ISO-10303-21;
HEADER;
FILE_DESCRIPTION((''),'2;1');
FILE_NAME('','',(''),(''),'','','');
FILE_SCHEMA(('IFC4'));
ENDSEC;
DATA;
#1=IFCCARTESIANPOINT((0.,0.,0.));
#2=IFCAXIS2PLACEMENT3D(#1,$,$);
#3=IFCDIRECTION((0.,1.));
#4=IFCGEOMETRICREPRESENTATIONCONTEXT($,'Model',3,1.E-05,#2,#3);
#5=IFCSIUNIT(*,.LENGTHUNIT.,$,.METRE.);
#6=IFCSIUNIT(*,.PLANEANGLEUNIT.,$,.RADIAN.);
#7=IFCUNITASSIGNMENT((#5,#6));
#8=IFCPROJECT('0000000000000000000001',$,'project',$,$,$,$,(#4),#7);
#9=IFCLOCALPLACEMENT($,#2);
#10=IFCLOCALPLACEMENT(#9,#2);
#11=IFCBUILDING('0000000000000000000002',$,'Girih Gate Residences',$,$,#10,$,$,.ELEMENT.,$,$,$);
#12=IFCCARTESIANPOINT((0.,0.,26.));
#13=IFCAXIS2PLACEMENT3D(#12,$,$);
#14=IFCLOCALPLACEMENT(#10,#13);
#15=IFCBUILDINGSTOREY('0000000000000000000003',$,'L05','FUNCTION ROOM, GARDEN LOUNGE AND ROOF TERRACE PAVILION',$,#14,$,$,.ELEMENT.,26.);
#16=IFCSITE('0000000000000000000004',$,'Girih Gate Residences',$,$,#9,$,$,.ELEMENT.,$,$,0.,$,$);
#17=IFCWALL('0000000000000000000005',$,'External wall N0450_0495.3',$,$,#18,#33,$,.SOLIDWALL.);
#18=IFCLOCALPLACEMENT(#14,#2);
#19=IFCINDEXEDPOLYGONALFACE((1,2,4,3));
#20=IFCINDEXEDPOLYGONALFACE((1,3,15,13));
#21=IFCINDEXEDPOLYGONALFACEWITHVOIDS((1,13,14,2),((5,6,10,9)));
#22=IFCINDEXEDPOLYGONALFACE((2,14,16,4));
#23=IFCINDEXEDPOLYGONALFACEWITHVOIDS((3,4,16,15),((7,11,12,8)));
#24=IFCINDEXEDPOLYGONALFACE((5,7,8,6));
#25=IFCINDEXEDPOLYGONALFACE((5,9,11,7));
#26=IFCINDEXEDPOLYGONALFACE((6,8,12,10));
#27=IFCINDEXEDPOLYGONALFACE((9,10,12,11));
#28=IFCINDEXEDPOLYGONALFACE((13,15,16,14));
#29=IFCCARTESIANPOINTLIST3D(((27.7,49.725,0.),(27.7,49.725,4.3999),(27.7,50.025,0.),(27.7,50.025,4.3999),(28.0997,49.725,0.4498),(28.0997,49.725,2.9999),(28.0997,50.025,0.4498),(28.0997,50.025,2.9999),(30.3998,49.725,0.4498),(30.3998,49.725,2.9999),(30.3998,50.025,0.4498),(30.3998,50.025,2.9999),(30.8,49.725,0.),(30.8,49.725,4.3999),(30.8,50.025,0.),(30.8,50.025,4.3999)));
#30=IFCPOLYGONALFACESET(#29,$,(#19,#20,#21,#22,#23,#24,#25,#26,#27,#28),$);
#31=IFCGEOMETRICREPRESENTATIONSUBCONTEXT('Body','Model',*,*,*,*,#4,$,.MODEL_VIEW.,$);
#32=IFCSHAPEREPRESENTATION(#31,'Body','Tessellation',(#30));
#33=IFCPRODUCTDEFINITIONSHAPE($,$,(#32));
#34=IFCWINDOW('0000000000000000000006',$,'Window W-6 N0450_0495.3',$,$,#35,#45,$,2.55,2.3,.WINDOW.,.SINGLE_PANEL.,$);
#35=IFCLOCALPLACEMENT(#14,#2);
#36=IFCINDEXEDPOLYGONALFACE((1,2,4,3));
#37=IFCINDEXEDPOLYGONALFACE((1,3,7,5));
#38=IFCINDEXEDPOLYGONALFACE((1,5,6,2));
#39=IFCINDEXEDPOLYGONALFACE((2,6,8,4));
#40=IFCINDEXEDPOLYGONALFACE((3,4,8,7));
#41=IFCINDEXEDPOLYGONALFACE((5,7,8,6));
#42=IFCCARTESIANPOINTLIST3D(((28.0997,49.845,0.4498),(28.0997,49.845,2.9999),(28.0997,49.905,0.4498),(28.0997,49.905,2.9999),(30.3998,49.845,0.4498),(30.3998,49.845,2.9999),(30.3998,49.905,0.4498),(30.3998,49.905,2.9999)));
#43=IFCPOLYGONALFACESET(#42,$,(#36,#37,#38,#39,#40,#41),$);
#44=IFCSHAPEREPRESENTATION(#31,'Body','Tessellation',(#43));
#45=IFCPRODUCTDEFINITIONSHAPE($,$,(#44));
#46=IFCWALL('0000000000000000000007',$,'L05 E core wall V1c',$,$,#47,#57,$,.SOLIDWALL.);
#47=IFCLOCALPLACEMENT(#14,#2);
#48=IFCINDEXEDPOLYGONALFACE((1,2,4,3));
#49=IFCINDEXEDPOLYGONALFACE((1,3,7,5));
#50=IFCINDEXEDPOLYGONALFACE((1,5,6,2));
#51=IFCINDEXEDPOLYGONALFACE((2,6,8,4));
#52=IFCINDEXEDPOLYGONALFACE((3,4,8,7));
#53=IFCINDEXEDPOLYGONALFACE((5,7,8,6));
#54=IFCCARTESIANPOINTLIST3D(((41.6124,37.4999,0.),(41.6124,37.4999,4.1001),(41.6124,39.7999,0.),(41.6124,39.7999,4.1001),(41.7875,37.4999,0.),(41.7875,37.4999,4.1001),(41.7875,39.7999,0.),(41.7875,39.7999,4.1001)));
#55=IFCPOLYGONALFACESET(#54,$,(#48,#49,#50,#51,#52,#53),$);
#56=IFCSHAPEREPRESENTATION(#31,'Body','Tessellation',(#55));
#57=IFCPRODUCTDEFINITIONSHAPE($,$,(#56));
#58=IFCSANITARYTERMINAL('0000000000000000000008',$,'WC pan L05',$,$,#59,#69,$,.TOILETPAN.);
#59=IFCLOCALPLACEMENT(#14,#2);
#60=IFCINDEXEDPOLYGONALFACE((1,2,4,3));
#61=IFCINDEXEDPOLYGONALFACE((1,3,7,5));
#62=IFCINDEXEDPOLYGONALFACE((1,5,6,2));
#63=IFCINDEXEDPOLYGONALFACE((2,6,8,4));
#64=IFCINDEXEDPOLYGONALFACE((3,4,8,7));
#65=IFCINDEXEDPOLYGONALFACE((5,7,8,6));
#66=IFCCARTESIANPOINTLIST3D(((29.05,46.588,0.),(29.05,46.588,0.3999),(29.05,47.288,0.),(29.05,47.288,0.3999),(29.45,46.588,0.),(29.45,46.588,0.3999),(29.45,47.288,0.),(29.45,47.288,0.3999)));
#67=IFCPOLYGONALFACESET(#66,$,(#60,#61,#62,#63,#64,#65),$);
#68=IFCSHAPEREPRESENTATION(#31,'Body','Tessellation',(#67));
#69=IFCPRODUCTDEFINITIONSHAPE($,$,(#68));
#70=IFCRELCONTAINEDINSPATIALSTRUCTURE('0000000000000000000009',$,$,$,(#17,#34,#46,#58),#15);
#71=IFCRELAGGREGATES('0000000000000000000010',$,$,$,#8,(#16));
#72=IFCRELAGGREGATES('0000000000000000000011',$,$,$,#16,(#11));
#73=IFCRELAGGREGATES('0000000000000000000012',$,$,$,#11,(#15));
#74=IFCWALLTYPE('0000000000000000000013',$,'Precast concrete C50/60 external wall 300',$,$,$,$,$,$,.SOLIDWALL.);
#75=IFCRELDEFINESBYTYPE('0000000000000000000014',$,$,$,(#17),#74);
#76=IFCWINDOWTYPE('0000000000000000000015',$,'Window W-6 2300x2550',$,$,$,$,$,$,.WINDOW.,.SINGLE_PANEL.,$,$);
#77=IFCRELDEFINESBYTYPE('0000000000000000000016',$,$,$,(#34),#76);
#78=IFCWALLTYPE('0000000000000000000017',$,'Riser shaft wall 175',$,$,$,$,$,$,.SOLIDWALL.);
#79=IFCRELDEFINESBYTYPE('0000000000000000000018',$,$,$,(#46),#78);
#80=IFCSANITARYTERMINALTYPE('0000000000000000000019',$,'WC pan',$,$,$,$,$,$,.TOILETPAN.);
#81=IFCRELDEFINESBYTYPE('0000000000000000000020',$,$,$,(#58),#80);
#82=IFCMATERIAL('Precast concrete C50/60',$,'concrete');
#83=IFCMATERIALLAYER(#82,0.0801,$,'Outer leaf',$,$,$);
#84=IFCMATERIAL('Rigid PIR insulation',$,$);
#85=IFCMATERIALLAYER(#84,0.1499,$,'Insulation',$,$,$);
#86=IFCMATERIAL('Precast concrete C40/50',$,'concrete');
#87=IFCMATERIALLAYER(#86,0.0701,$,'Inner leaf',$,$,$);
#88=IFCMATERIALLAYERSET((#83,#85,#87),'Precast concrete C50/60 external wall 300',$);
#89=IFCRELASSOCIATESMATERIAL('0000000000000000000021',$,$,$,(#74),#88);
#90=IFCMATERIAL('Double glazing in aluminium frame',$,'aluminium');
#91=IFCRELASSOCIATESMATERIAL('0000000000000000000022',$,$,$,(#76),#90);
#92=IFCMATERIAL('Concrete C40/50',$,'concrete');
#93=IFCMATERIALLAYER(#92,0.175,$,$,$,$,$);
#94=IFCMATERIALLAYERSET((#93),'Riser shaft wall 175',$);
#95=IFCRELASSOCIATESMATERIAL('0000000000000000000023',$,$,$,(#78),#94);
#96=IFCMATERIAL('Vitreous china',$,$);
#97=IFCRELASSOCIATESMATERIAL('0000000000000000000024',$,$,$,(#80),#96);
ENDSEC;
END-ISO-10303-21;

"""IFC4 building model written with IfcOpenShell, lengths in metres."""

from ifc_helpers import new_model, si_unit, direction, frame, frame_2d, origin, origin_2d, place, context, subcontext, project, spatial, rectangle, extrude, material, layer, layer_set, type_object, element, fill, save


model = new_model("IFC4")

# Units and contexts
model_context = context("Model", 3, precision=1e-05, world=origin(), true_north=direction((0.0, 1.0)))
body_context = subcontext(model_context, "Body", "Model", "MODEL_VIEW")
ifc_project = project(units=[si_unit("LENGTHUNIT", "METRE"), si_unit("PLANEANGLEUNIT", "RADIAN")], contexts=[model_context])

# Site, building, storey
site_placement = place(None, origin())
site = spatial("IfcSite", under=ifc_project, at=site_placement, Name="Girih Gate Residences", CompositionType="ELEMENT", RefElevation=0.0)
building_placement = place(site_placement, origin())
building = spatial("IfcBuilding", under=site, at=building_placement, Name="Girih Gate Residences", CompositionType="ELEMENT")
storey_placement = place(building_placement, frame((0.0, 0.0, 26.0)))
storey = spatial("IfcBuildingStorey", under=building, at=storey_placement, Name="L05", Description="FUNCTION ROOM, GARDEN LOUNGE AND ROOF TERRACE PAVILION", CompositionType="ELEMENT", Elevation=26.0)

# Wall, opening, window
ifc_material_1 = material(Name="Precast concrete C50/60", Category="concrete")
ifc_layer_1 = layer(ifc_material_1, 0.0801, Name="Outer leaf")
ifc_material_2 = material(Name="Rigid PIR insulation")
ifc_layer_2 = layer(ifc_material_2, 0.1499, Name="Insulation")
ifc_material_3 = material(Name="Precast concrete C40/50", Category="concrete")
ifc_layer_3 = layer(ifc_material_3, 0.0701, Name="Inner leaf")
ifc_layer_set_1 = layer_set([ifc_layer_1, ifc_layer_2, ifc_layer_3], Name="Precast concrete C50/60 external wall 300")
wall_type_1 = type_object("IfcWallType", Name="Precast concrete C50/60 external wall 300", PredefinedType="SOLIDWALL", material=ifc_layer_set_1)
ifc_material_4 = material(Name="Double glazing in aluminium frame", Category="aluminium")
window_type = type_object("IfcWindowType", Name="Window W-6 2300x2550", PartitioningType="SINGLE_PANEL", PredefinedType="WINDOW", material=ifc_material_4)
wall_1_placement = place(storey_placement, frame((27.7, 49.875, 0.0), z_axis=(0.0, 0.0, 1.0), x_axis=(1.0, 0.0, 0.0)))
wall_1 = element("IfcWall", 1, at=wall_1_placement, inside=storey, type_object=wall_type_1, Name="External wall N0450_0495.3", PredefinedType="SOLIDWALL", context=body_context, shape_type="SweptSolid", body=[
    extrude(rectangle(XDim=3.1001, YDim=0.3, at=frame_2d((1.55, 0.0))), origin(), (0.0, 0.0, 1.0), 4.3999),
])
opening_1_placement = place(wall_1_placement, frame((0.3999, 0.0, 0.45)))
opening_1 = element("IfcOpeningElement", 2, at=opening_1_placement, cuts=wall_1, PredefinedType="OPENING", context=body_context, shape_type="SweptSolid", body=[
    extrude(rectangle(XDim=2.3, YDim=2.55, at=frame_2d((1.1499, 1.2749))), frame((0.0, 0.1599, 0.0), z_axis=(0.0, -1.0, 0.0), x_axis=(1.0, 0.0, 0.0)), (0.0, 0.0, 1.0), 0.3201),
])
window_1_placement = place(opening_1_placement, origin())
window_1 = element("IfcWindow", 3, at=window_1_placement, inside=storey, type_object=window_type, Name="Window W-6 N0450_0495.3", OverallHeight=2.55, OverallWidth=2.3, PartitioningType="SINGLE_PANEL", PredefinedType="WINDOW", context=body_context, shape_type="SweptSolid", body=[
    extrude(rectangle(XDim=2.3, YDim=2.55, at=frame_2d((1.1499, 1.2749))), frame((0.0, 0.03, 0.0), z_axis=(0.0, -1.0, 0.0), x_axis=(1.0, 0.0, 0.0)), (0.0, 0.0, 1.0), 0.0601),
])
fill(opening_1, window_1)

# Wall
ifc_material_5 = material(Name="Concrete C40/50", Category="concrete")
ifc_layer_4 = layer(ifc_material_5, 0.175)
ifc_layer_set_2 = layer_set([ifc_layer_4], Name="Riser shaft wall 175")
wall_type_2 = type_object("IfcWallType", Name="Riser shaft wall 175", PredefinedType="SOLIDWALL", material=ifc_layer_set_2)
wall_2_placement = place(storey_placement, frame((41.7, 37.5, 0.0), z_axis=(0.0, 0.0, 1.0), x_axis=(0.0, 1.0, 0.0)))
element("IfcWall", 4, at=wall_2_placement, inside=storey, type_object=wall_type_2, Name="L05 E core wall V1c", PredefinedType="SOLIDWALL", context=body_context, shape_type="SweptSolid", body=[
    extrude(rectangle(XDim=2.3, YDim=0.175, at=frame_2d((1.1499, 0.0))), origin(), (0.0, 0.0, 1.0), 4.1001),
])

# Sanitary terminal
ifc_material_6 = material(Name="Vitreous china")
sanitary_terminal_type = type_object("IfcSanitaryTerminalType", Name="WC pan", PredefinedType="TOILETPAN", material=ifc_material_6)
sanitary_terminal_placement = place(storey_placement, frame((29.25, 46.938, 0.0), z_axis=(0.0, 0.0, 1.0), x_axis=(1.0, 0.0, 0.0)))
element("IfcSanitaryTerminal", 5, at=sanitary_terminal_placement, inside=storey, type_object=sanitary_terminal_type, Name="WC pan L05", PredefinedType="TOILETPAN", context=body_context, shape_type="SweptSolid", body=[
    extrude(rectangle(XDim=0.3999, YDim=0.7, at=origin_2d()), origin(), (0.0, 0.0, 1.0), 0.3999),
])

save(model, "model.ifc")
